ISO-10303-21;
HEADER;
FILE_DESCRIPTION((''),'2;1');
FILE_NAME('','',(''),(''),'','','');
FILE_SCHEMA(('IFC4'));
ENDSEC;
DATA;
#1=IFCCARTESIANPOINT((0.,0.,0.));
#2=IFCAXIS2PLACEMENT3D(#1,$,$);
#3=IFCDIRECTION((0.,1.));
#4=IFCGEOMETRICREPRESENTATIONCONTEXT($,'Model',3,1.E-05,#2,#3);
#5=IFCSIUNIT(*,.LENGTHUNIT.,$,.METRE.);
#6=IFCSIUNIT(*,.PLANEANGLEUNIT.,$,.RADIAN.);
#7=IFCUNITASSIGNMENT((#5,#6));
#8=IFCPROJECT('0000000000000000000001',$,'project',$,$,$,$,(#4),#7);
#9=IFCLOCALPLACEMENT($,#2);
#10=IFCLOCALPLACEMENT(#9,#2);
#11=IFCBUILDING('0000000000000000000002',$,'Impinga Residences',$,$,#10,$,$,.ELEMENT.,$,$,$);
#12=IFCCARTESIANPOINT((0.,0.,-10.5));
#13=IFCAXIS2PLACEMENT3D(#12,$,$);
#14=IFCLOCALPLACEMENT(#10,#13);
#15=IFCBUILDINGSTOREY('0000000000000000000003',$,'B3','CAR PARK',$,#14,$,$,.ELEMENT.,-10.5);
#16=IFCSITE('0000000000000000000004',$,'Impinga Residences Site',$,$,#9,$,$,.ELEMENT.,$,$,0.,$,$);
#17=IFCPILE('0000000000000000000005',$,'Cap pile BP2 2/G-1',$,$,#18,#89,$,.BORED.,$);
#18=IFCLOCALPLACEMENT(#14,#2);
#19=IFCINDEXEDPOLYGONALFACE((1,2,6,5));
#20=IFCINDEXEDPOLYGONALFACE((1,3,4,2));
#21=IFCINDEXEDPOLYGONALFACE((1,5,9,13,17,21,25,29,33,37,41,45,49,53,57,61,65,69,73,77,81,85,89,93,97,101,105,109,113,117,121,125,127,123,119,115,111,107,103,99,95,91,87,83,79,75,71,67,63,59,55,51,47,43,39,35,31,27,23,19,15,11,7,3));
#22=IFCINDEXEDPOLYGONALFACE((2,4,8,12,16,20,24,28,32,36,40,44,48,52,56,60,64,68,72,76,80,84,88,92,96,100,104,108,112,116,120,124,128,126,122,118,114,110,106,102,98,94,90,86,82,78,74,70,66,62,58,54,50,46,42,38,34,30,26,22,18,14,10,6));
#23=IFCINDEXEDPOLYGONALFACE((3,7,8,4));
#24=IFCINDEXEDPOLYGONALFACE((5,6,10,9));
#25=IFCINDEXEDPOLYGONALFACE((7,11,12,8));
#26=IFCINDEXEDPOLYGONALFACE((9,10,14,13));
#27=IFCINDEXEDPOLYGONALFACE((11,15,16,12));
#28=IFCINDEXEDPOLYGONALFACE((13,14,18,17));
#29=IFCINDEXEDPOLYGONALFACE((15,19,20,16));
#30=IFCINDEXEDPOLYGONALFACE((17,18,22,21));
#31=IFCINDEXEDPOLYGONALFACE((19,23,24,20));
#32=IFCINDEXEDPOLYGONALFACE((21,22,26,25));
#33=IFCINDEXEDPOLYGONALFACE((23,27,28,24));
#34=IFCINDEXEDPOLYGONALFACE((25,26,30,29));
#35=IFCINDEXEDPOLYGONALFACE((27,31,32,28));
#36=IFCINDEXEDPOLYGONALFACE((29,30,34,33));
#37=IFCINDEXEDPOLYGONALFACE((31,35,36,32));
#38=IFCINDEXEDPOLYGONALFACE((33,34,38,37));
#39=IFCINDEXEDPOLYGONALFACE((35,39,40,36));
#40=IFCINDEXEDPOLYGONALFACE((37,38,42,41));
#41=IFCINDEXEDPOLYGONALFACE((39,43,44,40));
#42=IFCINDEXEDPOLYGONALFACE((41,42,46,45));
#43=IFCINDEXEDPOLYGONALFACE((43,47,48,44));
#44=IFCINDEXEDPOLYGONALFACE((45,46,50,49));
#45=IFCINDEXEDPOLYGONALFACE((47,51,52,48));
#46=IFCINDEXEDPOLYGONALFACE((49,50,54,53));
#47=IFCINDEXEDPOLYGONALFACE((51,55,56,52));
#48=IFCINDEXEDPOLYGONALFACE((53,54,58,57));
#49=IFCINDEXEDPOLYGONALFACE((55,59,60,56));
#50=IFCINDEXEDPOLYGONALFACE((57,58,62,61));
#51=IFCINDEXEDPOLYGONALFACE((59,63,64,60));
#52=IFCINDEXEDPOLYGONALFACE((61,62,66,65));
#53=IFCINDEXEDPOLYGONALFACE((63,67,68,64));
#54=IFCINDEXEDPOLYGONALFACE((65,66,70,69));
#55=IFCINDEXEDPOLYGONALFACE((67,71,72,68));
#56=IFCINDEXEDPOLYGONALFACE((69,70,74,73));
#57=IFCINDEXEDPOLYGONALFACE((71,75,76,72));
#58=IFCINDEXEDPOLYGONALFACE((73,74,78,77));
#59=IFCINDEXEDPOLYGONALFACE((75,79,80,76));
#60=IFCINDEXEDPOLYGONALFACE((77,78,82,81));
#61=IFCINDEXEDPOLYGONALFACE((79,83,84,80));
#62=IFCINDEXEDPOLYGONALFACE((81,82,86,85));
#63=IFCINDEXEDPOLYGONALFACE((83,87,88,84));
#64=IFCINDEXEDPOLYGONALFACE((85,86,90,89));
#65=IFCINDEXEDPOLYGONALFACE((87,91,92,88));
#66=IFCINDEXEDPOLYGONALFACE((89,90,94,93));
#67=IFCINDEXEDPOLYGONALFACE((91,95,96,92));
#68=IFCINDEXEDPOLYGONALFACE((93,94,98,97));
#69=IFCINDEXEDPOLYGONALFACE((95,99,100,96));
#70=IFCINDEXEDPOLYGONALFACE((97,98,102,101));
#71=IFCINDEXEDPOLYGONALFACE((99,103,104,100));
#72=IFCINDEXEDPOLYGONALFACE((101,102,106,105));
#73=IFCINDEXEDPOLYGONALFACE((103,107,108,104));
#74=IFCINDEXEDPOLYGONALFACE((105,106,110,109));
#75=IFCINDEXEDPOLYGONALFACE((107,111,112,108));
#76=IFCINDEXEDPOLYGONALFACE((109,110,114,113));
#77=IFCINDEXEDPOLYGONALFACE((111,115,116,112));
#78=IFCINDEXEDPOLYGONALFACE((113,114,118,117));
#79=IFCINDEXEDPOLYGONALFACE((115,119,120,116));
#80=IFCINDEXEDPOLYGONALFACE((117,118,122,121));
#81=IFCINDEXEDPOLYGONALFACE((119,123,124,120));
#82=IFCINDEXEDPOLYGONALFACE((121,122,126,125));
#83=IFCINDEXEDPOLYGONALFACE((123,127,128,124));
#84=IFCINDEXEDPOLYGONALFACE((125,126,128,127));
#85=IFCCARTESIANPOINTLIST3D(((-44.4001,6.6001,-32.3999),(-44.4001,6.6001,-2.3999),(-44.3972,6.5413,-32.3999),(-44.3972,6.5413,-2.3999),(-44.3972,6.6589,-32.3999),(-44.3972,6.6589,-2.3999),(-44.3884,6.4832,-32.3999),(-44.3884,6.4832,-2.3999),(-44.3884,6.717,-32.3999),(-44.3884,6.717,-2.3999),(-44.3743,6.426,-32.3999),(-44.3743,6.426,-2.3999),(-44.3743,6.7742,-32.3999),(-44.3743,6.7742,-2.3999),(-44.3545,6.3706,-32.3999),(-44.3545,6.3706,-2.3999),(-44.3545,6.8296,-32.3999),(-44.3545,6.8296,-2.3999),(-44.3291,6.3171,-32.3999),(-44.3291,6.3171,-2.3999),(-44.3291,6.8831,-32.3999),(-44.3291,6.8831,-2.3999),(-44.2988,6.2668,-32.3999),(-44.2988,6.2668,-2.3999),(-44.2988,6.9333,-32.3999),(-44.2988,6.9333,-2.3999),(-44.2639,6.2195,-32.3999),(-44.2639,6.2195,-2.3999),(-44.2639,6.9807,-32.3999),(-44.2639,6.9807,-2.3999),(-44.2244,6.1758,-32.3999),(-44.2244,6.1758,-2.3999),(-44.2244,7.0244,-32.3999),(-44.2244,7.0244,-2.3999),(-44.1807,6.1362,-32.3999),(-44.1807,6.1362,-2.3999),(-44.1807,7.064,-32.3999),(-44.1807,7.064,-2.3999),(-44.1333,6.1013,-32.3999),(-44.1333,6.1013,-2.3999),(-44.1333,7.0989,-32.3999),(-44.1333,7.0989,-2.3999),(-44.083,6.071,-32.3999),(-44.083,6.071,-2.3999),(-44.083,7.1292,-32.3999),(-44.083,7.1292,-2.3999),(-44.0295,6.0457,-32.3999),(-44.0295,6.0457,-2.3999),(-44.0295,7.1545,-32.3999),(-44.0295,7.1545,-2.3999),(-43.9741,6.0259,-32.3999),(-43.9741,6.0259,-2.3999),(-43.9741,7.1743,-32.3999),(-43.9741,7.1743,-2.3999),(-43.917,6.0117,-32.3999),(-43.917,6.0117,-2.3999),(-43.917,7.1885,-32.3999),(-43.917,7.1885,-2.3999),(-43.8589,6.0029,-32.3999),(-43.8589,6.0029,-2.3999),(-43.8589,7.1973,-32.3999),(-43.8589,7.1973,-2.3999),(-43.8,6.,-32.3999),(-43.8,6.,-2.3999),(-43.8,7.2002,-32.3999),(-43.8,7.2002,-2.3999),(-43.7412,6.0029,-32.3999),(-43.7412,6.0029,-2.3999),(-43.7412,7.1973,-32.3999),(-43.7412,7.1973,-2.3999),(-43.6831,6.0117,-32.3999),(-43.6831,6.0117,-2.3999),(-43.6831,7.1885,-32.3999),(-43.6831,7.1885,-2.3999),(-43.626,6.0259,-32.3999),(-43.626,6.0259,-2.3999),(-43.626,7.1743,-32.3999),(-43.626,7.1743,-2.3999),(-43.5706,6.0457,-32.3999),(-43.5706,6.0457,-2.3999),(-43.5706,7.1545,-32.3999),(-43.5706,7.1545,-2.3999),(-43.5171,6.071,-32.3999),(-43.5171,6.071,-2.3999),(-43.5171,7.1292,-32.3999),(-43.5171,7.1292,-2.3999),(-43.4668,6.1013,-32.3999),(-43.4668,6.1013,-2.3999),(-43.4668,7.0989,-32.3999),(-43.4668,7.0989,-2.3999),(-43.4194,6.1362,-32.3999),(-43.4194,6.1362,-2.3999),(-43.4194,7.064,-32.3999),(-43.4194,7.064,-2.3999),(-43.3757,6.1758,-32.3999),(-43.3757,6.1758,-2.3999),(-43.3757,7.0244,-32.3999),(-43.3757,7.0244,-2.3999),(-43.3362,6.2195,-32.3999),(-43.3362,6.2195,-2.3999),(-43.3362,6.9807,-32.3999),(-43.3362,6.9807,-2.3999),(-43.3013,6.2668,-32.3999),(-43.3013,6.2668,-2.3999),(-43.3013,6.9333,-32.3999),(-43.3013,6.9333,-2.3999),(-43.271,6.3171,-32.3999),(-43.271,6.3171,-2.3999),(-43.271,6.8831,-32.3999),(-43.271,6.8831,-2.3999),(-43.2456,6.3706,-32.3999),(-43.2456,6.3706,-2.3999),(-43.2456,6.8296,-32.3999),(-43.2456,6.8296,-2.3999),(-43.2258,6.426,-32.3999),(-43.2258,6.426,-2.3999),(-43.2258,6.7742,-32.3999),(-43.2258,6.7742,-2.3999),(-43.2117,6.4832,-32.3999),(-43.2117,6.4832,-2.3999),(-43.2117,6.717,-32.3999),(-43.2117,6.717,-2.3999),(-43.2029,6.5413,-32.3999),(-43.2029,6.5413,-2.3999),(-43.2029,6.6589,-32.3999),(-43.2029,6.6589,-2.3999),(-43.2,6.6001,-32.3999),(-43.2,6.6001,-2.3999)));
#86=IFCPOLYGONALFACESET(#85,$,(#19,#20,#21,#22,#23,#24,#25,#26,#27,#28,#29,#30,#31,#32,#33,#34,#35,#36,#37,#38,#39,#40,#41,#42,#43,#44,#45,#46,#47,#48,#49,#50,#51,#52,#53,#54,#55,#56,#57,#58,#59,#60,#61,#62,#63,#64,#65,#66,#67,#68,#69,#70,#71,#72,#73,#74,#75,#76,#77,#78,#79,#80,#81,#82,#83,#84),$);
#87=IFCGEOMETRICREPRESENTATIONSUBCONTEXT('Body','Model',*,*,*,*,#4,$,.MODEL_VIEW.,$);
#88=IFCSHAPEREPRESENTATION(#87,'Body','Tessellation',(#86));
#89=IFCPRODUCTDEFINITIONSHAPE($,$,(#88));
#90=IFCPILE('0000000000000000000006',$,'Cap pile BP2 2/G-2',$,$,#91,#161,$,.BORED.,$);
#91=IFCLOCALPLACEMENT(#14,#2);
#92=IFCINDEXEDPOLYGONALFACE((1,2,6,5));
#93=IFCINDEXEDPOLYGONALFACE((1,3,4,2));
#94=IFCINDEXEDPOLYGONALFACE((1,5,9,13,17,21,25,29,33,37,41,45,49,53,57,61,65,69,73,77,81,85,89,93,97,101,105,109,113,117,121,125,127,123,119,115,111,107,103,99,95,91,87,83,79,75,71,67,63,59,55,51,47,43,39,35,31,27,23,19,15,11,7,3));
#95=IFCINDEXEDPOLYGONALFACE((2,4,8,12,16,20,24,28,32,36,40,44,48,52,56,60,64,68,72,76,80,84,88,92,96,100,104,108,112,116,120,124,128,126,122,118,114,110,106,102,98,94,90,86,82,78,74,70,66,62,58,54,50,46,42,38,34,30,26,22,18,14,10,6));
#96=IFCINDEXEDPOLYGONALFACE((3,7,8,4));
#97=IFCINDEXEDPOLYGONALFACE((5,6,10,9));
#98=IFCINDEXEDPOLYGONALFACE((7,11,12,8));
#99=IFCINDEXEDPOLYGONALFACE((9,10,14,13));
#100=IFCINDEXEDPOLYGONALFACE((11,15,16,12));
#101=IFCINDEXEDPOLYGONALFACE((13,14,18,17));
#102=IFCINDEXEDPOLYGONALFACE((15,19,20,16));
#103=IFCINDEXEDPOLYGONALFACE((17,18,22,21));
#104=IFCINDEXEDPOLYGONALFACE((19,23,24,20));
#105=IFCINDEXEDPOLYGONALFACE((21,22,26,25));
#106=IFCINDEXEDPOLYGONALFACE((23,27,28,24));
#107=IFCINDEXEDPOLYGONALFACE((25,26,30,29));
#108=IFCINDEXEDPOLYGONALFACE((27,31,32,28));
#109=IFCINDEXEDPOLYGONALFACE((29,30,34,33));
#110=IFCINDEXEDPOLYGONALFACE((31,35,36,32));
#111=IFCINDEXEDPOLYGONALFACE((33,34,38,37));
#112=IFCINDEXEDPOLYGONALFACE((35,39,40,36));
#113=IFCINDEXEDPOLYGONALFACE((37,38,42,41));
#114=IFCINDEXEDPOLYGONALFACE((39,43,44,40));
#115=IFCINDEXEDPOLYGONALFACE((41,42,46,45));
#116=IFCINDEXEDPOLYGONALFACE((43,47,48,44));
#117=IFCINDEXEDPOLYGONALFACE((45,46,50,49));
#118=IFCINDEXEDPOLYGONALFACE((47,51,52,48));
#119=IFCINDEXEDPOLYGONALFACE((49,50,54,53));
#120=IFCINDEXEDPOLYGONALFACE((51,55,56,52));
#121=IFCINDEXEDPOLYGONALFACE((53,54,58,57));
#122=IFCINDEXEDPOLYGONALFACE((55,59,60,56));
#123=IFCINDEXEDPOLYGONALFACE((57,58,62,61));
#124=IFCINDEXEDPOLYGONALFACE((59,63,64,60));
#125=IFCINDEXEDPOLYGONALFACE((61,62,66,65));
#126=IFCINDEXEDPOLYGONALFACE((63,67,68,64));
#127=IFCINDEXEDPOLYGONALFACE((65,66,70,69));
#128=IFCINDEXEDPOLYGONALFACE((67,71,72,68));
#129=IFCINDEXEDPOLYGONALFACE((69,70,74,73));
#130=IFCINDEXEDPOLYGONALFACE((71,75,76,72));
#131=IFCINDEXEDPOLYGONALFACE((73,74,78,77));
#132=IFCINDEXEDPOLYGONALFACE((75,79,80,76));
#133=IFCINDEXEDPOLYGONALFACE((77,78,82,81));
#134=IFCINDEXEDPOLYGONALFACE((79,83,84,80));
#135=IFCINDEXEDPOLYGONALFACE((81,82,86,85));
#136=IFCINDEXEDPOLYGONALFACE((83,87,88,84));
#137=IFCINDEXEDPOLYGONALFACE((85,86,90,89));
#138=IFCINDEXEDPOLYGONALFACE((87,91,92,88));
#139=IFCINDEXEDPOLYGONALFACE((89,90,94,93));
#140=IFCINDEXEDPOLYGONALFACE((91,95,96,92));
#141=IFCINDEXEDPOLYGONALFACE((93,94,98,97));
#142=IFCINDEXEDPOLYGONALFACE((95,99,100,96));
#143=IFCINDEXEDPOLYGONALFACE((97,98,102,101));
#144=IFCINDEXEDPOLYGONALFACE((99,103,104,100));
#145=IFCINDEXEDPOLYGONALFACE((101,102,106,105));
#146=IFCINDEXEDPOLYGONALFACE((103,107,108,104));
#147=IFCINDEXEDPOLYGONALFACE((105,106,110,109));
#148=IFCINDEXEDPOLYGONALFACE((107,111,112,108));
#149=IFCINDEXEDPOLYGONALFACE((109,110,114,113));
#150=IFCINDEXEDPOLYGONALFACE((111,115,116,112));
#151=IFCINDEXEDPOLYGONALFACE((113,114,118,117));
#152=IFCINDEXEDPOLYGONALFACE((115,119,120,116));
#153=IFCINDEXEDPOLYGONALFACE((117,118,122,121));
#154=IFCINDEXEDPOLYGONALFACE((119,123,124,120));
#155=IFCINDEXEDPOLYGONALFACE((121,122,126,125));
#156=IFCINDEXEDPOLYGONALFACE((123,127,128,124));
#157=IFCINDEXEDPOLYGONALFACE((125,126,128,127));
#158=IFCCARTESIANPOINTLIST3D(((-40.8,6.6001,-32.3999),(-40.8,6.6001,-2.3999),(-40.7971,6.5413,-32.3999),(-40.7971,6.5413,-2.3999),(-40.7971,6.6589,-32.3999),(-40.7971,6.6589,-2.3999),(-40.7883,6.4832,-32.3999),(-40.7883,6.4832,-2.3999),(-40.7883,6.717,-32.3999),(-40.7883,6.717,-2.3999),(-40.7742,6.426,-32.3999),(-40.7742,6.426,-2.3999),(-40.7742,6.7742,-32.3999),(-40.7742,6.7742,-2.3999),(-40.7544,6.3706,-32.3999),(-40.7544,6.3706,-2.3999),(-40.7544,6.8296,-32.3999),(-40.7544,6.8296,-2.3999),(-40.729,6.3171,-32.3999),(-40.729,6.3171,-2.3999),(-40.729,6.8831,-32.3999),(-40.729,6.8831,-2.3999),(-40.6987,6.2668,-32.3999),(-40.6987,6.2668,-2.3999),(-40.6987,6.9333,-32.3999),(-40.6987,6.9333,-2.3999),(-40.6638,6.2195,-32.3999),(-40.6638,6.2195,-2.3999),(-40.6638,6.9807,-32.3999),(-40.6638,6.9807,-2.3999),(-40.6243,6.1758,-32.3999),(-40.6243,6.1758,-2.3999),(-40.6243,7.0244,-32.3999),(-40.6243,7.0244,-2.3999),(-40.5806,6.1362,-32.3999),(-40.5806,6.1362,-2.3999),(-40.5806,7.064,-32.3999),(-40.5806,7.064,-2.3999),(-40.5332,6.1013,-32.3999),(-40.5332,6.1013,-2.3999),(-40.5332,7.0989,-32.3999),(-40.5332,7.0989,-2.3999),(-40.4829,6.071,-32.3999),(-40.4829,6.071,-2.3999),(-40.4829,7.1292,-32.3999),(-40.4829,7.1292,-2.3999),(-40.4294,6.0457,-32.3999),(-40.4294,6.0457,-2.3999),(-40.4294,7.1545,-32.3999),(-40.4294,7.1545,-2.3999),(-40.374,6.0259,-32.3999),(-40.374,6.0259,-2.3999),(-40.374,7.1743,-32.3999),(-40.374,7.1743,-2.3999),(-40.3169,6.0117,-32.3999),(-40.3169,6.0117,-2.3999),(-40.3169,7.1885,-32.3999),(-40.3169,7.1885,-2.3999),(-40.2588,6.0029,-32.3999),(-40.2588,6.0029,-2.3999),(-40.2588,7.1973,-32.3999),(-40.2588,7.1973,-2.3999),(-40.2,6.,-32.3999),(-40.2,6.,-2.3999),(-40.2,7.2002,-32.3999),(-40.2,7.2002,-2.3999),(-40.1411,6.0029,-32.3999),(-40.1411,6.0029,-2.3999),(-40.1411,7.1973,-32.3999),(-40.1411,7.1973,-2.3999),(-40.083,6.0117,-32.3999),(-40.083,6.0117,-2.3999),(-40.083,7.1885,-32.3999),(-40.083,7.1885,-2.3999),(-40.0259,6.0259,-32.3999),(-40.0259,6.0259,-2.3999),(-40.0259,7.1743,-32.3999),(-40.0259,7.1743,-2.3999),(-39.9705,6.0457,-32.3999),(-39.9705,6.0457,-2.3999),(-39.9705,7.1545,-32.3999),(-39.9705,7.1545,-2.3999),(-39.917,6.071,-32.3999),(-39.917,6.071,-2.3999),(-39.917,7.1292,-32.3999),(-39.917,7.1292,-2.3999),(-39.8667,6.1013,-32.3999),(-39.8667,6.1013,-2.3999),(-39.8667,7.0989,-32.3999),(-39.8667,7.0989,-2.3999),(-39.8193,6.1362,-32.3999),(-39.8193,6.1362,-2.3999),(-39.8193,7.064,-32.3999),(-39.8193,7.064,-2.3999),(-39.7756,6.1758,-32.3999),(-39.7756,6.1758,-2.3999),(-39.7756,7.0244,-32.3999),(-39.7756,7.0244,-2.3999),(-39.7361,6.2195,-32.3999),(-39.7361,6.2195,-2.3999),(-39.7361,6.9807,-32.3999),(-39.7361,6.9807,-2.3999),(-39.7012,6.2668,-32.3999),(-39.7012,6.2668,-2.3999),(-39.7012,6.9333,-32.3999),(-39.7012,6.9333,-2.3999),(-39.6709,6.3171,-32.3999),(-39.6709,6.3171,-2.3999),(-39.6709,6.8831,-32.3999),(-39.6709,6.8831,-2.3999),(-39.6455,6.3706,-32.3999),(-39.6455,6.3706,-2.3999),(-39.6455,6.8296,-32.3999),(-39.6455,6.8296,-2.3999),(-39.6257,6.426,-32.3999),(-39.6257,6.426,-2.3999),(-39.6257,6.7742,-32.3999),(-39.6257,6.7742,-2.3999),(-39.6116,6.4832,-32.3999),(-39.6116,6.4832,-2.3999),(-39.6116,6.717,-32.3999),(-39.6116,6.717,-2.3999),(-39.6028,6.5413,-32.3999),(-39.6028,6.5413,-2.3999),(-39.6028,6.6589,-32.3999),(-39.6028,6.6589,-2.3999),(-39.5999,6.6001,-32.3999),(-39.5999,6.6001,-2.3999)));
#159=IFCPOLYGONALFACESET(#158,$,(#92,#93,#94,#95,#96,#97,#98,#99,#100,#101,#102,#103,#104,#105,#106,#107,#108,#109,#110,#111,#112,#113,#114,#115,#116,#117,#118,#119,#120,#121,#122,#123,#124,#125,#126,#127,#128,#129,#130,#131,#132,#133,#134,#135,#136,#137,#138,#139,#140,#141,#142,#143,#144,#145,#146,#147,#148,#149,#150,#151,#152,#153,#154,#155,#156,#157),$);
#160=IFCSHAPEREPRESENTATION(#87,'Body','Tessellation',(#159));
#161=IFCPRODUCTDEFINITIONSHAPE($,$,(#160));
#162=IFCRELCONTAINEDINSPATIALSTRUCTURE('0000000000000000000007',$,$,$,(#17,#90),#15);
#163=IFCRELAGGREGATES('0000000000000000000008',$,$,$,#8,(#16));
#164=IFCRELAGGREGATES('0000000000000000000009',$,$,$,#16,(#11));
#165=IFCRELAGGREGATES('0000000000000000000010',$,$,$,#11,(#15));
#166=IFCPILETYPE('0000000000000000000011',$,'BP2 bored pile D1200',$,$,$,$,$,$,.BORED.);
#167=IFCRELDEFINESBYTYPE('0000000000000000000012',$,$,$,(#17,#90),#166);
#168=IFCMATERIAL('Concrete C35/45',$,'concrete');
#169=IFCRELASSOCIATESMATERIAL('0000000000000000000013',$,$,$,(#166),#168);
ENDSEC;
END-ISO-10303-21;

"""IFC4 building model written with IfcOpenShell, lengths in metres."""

from ifc_helpers import new_model, si_unit, direction, frame, origin, origin_2d, place, context, subcontext, project, spatial, polyline, circle, outline, extrude, material, material_profile, profile_set, type_object, element, save


model = new_model("IFC4")

# Units and contexts
model_context = context("Model", 3, precision=1e-05, world=origin(), true_north=direction((0.0, 1.0)))
body_context = subcontext(model_context, "Body", "Model", "MODEL_VIEW")
ifc_project = project(units=[si_unit("LENGTHUNIT", "METRE"), si_unit("PLANEANGLEUNIT", "RADIAN")], contexts=[model_context])

# Site, building, storey
site_placement = place(None, origin())
site = spatial("IfcSite", under=ifc_project, at=site_placement, Name="Impinga Residences Site", CompositionType="ELEMENT", RefElevation=0.0)
building_placement = place(site_placement, origin())
building = spatial("IfcBuilding", under=site, at=building_placement, Name="Impinga Residences", CompositionType="ELEMENT")
storey_placement = place(building_placement, frame((0.0, 0.0, -10.5)))
storey = spatial("IfcBuildingStorey", under=building, at=storey_placement, Name="B3", Description="CAR PARK", CompositionType="ELEMENT", Elevation=-10.5)

# Piles
ifc_material_1 = material(Name="Concrete C35/45", Category="concrete")
ifc_material_profile_1 = material_profile(ifc_material_1, circle(Radius=0.6001, at=origin_2d()), Name="D1200")
ifc_profile_set_1 = profile_set([ifc_material_profile_1], Name="Concrete C35/45")
pile_type = type_object("IfcPileType", Name="BP2 bored pile D1200", PredefinedType="BORED", material=ifc_profile_set_1)
pile_1_placement = place(storey_placement, frame((-43.8, 6.6001, -2.3999), z_axis=(0.0, 0.0, -1.0), x_axis=(1.0, 0.0, 0.0)))
element("IfcPile", 1, at=pile_1_placement, inside=storey, type_object=pile_type, Name="Cap pile BP2 2/G-1", PredefinedType="BORED", context=body_context, shape_type="SweptSolid", body=[
    extrude(outline(polyline([(0.6001, 0.0), (0.5972, 0.0588), (0.5884, 0.1169), (0.5742, 0.1741), (0.5544, 0.2295), (0.5291, 0.283), (0.4988, 0.3333), (0.4639, 0.3806), (0.4243, 0.4243), (0.3806, 0.4639), (0.3333, 0.4988), (0.283, 0.5291), (0.2295, 0.5544), (0.1741, 0.5742), (0.1169, 0.5884), (0.0588, 0.5972), (0.0, 0.6001), (-0.0588, 0.5972), (-0.1169, 0.5884), (-0.1741, 0.5742), (-0.2295, 0.5544), (-0.283, 0.5291), (-0.3333, 0.4988), (-0.3806, 0.4639), (-0.4243, 0.4243), (-0.4639, 0.3806), (-0.4988, 0.3333), (-0.5291, 0.283), (-0.5544, 0.2295), (-0.5742, 0.1741), (-0.5884, 0.1169), (-0.5972, 0.0588), (-0.6001, 0.0), (-0.5972, -0.0588), (-0.5884, -0.1169), (-0.5742, -0.1741), (-0.5544, -0.2295), (-0.5291, -0.283), (-0.4988, -0.3333), (-0.4639, -0.3806), (-0.4243, -0.4243), (-0.3806, -0.4639), (-0.3333, -0.4988), (-0.283, -0.5291), (-0.2295, -0.5544), (-0.1741, -0.5742), (-0.1169, -0.5884), (-0.0588, -0.5972), (0.0, -0.6001), (0.0588, -0.5972), (0.1169, -0.5884), (0.1741, -0.5742), (0.2295, -0.5544), (0.283, -0.5291), (0.3333, -0.4988), (0.3806, -0.4639), (0.4243, -0.4243), (0.4639, -0.3806), (0.4988, -0.3333), (0.5291, -0.283), (0.5544, -0.2295), (0.5742, -0.1741), (0.5884, -0.1169), (0.5972, -0.0588), (0.6001, 0.0)])), origin(), (0.0, 0.0, 1.0), 30.0),
])
pile_2_placement = place(storey_placement, frame((-40.2, 6.6001, -2.3999), z_axis=(0.0, 0.0, -1.0), x_axis=(1.0, 0.0, 0.0)))
element("IfcPile", 2, at=pile_2_placement, inside=storey, type_object=pile_type, Name="Cap pile BP2 2/G-2", PredefinedType="BORED", context=body_context, shape_type="SweptSolid", body=[
    extrude(outline(polyline([(0.6001, 0.0), (0.5972, 0.0588), (0.5884, 0.1169), (0.5742, 0.1741), (0.5544, 0.2295), (0.5291, 0.283), (0.4988, 0.3333), (0.4639, 0.3806), (0.4243, 0.4243), (0.3806, 0.4639), (0.3333, 0.4988), (0.283, 0.5291), (0.2295, 0.5544), (0.1741, 0.5742), (0.1169, 0.5884), (0.0588, 0.5972), (0.0, 0.6001), (-0.0588, 0.5972), (-0.1169, 0.5884), (-0.1741, 0.5742), (-0.2295, 0.5544), (-0.283, 0.5291), (-0.3333, 0.4988), (-0.3806, 0.4639), (-0.4243, 0.4243), (-0.4639, 0.3806), (-0.4988, 0.3333), (-0.5291, 0.283), (-0.5544, 0.2295), (-0.5742, 0.1741), (-0.5884, 0.1169), (-0.5972, 0.0588), (-0.6001, 0.0), (-0.5972, -0.0588), (-0.5884, -0.1169), (-0.5742, -0.1741), (-0.5544, -0.2295), (-0.5291, -0.283), (-0.4988, -0.3333), (-0.4639, -0.3806), (-0.4243, -0.4243), (-0.3806, -0.4639), (-0.3333, -0.4988), (-0.283, -0.5291), (-0.2295, -0.5544), (-0.1741, -0.5742), (-0.1169, -0.5884), (-0.0588, -0.5972), (0.0, -0.6001), (0.0588, -0.5972), (0.1169, -0.5884), (0.1741, -0.5742), (0.2295, -0.5544), (0.283, -0.5291), (0.3333, -0.4988), (0.3806, -0.4639), (0.4243, -0.4243), (0.4639, -0.3806), (0.4988, -0.3333), (0.5291, -0.283), (0.5544, -0.2295), (0.5742, -0.1741), (0.5884, -0.1169), (0.5972, -0.0588), (0.6001, 0.0)])), origin(), (0.0, 0.0, 1.0), 30.0),
])

save(model, "model.ifc")
